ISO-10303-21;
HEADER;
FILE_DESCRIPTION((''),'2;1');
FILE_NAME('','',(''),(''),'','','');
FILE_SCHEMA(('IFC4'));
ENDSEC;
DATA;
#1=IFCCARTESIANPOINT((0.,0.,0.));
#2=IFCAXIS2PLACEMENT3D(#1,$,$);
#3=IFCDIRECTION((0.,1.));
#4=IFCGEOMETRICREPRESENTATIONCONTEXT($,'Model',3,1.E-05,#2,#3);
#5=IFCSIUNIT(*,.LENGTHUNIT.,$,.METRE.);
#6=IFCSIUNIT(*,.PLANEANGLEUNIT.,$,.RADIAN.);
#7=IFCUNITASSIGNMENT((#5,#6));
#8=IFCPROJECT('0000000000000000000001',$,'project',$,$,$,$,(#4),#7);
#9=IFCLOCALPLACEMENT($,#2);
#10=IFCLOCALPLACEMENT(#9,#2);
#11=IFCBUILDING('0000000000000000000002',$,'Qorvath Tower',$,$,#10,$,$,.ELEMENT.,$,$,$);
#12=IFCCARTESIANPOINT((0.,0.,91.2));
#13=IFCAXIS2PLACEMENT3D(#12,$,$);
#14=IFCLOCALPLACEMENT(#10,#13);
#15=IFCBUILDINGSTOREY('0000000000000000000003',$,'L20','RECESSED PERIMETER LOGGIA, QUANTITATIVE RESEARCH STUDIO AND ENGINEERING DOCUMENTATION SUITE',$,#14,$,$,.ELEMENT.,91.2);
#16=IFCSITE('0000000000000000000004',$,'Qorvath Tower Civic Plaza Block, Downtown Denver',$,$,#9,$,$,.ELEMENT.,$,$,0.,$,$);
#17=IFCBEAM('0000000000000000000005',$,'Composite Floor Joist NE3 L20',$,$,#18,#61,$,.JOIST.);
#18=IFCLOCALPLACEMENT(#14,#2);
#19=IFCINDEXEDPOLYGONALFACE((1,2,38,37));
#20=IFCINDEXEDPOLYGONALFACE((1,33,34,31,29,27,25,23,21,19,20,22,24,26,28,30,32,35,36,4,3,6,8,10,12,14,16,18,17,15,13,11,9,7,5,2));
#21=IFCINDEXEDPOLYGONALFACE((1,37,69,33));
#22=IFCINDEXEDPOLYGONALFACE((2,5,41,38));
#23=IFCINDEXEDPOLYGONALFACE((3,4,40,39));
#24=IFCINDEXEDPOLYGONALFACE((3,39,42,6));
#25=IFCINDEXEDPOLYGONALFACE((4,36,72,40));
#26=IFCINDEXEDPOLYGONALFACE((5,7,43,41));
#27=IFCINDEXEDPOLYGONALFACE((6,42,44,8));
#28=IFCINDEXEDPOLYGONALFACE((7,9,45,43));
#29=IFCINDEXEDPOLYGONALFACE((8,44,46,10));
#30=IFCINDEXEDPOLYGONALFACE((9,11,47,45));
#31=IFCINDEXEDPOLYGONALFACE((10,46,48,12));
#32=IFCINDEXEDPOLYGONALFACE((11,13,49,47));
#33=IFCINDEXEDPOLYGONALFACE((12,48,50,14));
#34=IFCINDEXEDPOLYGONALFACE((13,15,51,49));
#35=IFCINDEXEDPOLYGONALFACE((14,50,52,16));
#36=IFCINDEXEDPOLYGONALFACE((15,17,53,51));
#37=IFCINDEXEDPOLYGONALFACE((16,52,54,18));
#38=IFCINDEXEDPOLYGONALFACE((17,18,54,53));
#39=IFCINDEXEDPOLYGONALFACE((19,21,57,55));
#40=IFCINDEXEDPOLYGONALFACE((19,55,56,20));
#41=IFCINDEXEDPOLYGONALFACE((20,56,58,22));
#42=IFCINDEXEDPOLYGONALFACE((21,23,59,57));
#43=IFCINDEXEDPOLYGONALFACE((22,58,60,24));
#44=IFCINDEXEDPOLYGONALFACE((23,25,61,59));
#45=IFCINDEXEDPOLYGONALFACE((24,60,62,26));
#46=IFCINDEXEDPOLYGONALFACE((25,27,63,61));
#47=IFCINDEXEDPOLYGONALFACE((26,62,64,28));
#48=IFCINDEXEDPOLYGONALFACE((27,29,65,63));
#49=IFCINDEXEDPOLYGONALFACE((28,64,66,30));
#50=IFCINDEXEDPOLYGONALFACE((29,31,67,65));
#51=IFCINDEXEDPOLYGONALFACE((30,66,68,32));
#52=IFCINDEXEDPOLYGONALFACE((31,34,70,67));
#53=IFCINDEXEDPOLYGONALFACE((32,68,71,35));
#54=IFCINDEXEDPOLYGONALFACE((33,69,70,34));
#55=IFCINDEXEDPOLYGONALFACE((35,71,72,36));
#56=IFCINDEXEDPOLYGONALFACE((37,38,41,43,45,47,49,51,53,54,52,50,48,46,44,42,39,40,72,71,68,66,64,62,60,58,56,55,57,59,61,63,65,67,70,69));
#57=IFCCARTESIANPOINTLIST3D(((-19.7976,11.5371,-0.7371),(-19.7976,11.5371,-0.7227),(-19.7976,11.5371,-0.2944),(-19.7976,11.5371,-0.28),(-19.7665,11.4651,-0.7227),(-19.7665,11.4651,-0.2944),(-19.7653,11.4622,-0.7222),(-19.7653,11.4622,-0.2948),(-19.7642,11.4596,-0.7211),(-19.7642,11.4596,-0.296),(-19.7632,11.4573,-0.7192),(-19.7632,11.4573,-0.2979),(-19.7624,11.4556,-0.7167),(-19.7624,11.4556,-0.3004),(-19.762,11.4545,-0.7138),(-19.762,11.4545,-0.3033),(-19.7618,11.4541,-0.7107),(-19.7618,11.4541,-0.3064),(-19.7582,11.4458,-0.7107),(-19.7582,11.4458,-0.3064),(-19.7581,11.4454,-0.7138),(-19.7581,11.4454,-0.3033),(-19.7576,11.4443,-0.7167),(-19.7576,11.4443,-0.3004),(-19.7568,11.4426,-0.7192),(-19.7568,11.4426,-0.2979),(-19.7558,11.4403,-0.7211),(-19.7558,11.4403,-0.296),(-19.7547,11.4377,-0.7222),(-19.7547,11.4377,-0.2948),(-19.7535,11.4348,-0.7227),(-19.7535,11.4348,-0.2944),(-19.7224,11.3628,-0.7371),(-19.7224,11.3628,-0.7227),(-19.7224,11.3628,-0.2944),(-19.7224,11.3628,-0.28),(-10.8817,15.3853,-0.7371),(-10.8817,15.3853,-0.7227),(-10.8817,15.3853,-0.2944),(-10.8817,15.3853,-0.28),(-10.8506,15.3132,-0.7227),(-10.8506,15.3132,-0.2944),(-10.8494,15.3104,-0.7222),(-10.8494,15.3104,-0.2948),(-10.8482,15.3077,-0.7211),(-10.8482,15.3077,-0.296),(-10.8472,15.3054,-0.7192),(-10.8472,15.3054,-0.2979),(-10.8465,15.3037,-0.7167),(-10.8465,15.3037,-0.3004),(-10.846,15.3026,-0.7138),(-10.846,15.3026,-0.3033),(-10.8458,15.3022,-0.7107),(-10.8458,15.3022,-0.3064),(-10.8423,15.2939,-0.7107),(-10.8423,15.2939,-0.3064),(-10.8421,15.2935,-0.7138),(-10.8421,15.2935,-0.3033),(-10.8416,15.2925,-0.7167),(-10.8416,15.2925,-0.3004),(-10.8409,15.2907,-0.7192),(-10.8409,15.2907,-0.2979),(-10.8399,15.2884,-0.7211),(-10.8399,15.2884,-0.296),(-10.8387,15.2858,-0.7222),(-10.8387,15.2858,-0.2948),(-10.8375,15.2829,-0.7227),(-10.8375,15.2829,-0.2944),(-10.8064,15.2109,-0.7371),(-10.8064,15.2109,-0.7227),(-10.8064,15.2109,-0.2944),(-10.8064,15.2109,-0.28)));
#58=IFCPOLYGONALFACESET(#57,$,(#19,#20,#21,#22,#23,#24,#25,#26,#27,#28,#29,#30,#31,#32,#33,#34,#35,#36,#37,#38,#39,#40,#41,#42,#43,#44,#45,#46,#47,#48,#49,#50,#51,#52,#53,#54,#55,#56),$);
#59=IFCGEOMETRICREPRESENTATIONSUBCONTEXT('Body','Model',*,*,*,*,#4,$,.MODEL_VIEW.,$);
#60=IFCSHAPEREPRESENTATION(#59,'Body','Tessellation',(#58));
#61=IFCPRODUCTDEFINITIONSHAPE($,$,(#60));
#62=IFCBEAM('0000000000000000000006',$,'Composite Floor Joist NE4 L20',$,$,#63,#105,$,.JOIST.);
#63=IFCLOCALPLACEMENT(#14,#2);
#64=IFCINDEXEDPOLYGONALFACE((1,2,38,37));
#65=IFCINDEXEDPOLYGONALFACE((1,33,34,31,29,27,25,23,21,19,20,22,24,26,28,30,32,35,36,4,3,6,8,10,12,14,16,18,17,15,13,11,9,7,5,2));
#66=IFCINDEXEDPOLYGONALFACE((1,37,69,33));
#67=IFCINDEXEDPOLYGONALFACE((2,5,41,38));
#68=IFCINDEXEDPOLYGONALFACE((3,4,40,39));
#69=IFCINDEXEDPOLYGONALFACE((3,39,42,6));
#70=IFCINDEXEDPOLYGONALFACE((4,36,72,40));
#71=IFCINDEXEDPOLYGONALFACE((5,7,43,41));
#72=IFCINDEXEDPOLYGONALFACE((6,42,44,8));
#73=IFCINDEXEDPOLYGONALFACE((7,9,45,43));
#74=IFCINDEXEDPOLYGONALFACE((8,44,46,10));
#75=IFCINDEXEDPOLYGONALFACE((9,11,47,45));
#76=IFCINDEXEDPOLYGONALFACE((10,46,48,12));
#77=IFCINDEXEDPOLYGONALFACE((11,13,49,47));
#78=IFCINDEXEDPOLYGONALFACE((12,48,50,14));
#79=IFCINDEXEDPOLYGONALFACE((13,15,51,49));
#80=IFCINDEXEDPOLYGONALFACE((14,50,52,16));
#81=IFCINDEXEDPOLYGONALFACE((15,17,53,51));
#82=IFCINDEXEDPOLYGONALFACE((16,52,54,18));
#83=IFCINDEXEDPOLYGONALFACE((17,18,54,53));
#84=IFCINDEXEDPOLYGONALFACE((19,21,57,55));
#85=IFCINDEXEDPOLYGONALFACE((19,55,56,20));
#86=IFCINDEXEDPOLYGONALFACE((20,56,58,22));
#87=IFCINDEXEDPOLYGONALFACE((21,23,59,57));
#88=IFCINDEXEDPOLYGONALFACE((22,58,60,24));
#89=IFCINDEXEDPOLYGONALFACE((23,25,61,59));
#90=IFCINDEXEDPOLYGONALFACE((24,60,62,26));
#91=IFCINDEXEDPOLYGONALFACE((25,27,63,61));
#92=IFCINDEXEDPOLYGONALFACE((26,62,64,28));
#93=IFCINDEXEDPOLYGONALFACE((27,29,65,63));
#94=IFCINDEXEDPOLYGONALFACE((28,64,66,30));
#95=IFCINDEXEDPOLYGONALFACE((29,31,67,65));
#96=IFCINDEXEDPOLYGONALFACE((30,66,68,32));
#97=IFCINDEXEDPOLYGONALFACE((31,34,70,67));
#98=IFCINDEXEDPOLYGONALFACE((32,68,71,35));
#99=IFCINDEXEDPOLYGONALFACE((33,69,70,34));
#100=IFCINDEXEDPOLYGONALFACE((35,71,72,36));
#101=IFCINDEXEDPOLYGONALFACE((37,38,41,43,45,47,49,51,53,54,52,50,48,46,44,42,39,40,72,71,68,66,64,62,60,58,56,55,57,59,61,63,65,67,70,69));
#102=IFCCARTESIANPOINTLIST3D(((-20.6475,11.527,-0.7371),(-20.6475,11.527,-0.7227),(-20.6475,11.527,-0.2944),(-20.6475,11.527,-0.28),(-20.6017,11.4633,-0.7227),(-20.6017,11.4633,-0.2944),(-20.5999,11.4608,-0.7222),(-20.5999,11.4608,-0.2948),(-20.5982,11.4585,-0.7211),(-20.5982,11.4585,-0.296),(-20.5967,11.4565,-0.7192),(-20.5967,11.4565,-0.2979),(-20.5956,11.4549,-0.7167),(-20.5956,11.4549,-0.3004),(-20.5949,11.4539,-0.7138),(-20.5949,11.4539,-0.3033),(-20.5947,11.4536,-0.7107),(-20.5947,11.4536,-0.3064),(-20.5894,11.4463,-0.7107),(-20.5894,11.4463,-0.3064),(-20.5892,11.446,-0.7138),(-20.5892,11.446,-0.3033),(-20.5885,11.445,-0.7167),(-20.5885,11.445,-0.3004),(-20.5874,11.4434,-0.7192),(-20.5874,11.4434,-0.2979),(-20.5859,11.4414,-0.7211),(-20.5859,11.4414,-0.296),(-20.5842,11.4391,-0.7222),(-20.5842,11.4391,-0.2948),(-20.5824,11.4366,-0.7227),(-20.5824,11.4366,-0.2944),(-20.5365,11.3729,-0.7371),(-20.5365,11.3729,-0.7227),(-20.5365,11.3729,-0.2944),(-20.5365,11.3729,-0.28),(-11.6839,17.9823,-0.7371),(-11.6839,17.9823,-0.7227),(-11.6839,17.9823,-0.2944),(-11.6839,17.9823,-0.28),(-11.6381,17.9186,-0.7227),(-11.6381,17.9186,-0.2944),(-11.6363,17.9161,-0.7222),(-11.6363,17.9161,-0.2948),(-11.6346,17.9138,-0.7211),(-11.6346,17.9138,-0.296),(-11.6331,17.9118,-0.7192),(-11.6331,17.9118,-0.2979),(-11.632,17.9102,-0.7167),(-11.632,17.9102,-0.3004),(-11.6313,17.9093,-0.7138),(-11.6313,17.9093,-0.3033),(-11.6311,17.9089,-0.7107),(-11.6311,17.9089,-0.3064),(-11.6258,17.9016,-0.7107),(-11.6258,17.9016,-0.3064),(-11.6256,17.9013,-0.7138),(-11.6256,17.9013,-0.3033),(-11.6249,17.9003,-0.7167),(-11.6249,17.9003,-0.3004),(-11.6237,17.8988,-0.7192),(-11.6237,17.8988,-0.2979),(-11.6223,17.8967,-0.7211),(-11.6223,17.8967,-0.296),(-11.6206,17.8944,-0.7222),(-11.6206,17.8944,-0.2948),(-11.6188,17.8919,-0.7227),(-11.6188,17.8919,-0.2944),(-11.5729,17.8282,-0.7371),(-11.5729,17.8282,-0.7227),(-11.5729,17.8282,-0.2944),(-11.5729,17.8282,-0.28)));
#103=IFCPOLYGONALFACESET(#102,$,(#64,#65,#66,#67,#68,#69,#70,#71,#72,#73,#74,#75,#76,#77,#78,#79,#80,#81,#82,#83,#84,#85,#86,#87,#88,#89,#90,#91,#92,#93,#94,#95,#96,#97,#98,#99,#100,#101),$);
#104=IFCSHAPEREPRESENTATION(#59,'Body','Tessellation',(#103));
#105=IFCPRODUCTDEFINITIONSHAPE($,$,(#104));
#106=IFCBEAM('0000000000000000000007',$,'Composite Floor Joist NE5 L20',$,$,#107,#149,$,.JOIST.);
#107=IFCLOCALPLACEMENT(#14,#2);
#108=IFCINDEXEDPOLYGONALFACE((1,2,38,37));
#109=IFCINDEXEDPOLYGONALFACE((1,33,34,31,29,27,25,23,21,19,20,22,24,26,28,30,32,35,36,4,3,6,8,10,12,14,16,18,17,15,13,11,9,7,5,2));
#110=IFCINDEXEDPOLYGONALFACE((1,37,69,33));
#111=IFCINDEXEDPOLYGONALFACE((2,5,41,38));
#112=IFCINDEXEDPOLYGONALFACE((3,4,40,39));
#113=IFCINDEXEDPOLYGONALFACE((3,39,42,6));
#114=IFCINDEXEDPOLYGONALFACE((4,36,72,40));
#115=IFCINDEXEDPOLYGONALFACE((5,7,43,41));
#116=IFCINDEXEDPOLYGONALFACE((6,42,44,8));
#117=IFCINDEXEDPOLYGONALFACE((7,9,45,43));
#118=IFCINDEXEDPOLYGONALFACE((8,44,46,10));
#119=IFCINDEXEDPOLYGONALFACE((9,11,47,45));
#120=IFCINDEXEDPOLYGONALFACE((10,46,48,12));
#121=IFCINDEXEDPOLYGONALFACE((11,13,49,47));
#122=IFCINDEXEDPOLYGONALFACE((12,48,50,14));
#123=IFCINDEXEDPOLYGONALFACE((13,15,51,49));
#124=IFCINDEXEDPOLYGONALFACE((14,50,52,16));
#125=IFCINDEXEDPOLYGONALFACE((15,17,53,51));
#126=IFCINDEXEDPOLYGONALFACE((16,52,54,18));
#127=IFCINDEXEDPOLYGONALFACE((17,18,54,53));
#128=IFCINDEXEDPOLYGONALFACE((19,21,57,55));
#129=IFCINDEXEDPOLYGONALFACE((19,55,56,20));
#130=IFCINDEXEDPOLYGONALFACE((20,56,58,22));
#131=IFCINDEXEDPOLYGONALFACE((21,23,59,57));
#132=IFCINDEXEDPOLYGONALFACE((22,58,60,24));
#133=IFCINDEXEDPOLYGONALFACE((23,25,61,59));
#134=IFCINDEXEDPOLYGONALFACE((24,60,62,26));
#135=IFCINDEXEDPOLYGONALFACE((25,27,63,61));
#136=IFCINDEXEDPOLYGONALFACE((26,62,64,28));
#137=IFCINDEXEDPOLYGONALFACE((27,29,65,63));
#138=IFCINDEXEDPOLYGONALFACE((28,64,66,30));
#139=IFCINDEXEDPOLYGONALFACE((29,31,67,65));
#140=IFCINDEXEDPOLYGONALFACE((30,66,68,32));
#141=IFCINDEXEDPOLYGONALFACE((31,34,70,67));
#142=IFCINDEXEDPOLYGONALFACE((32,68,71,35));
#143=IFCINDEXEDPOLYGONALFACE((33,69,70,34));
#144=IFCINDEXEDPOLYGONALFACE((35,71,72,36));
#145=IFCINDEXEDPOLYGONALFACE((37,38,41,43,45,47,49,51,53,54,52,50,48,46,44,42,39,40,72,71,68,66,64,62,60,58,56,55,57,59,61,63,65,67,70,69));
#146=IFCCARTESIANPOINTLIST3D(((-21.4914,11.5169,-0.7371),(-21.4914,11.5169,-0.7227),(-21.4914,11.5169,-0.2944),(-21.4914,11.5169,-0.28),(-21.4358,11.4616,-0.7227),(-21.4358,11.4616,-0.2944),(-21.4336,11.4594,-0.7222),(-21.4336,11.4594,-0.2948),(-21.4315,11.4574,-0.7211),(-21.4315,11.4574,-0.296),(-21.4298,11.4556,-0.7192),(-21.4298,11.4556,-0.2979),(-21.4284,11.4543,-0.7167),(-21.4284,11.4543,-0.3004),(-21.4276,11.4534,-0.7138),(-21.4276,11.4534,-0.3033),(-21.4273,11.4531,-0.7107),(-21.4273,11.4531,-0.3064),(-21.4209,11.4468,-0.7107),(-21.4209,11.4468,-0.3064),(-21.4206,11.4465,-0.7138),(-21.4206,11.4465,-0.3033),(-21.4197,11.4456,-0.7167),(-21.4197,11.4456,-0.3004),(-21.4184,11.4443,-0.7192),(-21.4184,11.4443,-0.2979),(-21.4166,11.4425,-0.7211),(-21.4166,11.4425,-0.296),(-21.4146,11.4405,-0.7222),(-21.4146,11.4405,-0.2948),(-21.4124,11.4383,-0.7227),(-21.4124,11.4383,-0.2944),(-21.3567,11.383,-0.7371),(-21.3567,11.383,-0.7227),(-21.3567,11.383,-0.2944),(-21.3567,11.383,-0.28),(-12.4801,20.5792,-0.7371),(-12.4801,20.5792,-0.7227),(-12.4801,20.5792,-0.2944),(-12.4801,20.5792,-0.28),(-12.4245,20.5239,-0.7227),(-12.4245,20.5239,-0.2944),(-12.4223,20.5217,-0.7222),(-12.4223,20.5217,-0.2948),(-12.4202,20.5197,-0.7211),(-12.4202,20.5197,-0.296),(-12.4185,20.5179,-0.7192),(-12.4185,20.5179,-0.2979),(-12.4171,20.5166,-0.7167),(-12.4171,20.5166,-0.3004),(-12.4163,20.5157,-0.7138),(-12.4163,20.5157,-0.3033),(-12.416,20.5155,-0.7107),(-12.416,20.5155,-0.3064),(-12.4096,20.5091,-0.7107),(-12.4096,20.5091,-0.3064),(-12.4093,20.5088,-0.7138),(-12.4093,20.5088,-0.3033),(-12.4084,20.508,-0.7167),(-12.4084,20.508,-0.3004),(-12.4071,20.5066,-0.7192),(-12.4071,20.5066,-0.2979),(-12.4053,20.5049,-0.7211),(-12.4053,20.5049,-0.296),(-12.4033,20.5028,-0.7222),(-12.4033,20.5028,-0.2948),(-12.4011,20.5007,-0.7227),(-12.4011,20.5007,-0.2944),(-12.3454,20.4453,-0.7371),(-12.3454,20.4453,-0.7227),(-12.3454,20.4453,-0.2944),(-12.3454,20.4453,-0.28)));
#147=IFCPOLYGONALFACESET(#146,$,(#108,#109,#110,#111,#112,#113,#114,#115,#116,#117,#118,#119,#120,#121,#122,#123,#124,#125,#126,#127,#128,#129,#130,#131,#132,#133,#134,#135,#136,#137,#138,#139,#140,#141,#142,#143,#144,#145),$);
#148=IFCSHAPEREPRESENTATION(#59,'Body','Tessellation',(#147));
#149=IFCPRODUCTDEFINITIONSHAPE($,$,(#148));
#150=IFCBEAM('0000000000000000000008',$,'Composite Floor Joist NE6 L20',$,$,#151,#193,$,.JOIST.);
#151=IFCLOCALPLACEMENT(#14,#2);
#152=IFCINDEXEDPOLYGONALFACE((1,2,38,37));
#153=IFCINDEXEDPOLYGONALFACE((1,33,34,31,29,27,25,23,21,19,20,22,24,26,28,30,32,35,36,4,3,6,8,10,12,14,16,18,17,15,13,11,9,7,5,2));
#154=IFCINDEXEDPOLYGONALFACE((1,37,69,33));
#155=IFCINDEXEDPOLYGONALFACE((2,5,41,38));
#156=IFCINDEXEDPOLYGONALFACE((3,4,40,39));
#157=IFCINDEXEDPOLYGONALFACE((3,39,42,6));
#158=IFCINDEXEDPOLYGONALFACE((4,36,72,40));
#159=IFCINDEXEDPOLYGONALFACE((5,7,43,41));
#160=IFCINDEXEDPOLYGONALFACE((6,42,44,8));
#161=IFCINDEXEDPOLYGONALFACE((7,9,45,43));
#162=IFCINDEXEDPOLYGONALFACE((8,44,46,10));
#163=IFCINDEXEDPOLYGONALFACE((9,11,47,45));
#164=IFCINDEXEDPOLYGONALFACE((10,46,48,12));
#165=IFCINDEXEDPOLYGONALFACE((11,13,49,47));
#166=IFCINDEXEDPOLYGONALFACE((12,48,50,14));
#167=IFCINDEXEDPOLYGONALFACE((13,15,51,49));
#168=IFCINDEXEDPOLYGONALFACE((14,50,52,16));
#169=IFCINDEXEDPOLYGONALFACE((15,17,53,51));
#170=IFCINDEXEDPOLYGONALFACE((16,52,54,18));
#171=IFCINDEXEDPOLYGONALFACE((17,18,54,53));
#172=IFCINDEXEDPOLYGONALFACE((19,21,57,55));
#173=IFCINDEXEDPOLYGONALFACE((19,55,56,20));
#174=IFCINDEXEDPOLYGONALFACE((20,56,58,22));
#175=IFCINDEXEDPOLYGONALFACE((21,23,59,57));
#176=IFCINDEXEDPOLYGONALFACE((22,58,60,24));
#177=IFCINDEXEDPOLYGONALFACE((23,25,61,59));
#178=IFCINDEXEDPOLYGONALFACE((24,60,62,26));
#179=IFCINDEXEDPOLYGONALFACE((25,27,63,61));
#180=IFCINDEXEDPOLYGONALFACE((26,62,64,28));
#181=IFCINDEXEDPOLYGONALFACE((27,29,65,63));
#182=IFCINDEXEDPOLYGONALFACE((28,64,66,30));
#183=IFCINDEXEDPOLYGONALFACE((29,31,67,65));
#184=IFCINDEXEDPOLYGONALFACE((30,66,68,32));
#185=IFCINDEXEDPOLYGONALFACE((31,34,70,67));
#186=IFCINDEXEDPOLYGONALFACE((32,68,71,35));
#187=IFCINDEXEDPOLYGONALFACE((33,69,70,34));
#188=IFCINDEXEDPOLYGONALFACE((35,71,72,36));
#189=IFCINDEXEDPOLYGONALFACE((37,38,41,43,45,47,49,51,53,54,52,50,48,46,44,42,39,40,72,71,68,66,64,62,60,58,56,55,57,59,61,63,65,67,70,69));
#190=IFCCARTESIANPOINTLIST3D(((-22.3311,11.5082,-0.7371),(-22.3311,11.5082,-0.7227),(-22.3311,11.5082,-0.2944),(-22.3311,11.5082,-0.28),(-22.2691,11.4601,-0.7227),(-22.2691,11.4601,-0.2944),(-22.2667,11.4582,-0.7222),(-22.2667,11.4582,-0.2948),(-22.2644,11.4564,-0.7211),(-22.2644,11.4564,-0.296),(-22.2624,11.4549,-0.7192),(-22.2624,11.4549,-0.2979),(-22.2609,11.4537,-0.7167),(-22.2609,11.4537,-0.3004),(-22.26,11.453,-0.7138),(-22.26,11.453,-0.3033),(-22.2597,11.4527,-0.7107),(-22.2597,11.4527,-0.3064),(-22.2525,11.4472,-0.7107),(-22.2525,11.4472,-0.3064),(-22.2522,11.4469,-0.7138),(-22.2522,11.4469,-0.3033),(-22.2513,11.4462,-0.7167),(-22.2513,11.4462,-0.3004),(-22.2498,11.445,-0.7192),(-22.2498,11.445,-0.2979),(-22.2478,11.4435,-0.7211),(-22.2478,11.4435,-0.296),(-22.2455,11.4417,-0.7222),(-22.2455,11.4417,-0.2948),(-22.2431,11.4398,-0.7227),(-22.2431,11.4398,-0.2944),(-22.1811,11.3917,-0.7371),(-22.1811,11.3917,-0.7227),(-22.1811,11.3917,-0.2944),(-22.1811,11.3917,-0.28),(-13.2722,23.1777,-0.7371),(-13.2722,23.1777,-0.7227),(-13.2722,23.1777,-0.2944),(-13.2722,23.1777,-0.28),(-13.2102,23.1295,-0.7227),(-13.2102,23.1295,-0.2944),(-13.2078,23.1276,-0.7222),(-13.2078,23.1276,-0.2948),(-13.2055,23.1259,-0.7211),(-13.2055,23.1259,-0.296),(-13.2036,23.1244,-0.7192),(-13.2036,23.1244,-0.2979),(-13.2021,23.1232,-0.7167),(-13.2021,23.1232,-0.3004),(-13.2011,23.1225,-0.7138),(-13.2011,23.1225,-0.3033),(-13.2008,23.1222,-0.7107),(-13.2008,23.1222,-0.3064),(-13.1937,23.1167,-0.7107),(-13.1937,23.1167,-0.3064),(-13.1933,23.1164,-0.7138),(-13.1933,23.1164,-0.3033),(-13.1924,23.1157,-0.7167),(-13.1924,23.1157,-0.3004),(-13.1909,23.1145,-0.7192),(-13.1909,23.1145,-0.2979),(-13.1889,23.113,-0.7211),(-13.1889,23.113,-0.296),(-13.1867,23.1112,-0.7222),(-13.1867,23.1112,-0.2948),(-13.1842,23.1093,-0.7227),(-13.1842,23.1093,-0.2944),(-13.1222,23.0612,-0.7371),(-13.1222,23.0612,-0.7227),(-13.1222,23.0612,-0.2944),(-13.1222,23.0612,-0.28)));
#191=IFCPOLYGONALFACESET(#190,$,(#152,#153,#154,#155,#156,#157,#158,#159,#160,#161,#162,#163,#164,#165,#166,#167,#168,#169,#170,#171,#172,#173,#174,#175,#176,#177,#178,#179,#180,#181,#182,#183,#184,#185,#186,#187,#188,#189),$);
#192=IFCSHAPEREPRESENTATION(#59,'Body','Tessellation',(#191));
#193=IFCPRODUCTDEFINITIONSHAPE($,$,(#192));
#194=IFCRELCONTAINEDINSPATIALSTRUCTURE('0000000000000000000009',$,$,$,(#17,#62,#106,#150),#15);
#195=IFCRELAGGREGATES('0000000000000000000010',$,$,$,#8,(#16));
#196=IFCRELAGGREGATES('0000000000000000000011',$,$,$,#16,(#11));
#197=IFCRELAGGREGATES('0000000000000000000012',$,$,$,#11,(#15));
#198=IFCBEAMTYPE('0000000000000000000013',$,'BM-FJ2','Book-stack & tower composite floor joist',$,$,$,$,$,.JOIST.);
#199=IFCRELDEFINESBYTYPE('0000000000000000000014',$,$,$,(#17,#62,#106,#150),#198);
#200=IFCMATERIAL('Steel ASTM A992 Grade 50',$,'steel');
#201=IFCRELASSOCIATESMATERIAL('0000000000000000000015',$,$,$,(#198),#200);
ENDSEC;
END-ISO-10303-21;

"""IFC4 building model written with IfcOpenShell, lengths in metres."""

from ifc_helpers import new_model, si_unit, direction, frame, origin, origin_2d, place, context, subcontext, project, spatial, i_section, extrude, material, material_profile, profile_set, type_object, element, save


model = new_model("IFC4")

# Units and contexts
model_context = context("Model", 3, precision=1e-05, world=origin(), true_north=direction((0.0, 1.0)))
body_context = subcontext(model_context, "Body", "Model", "MODEL_VIEW")
ifc_project = project(units=[si_unit("LENGTHUNIT", "METRE"), si_unit("PLANEANGLEUNIT", "RADIAN")], contexts=[model_context])

# Site, building, storey
site_placement = place(None, origin())
site = spatial("IfcSite", under=ifc_project, at=site_placement, Name="Qorvath Tower Civic Plaza Block, Downtown Denver", CompositionType="ELEMENT", RefElevation=0.0)
building_placement = place(site_placement, origin())
building = spatial("IfcBuilding", under=site, at=building_placement, Name="Qorvath Tower", CompositionType="ELEMENT")
storey_placement = place(building_placement, frame((0.0, 0.0, 91.2)))
storey = spatial("IfcBuildingStorey", under=building, at=storey_placement, Name="L20", Description="RECESSED PERIMETER LOGGIA, QUANTITATIVE RESEARCH STUDIO AND ENGINEERING DOCUMENTATION SUITE", CompositionType="ELEMENT", Elevation=91.2)

# Beams
ifc_material_1 = material(Name="Steel ASTM A992 Grade 50", Category="steel")
ifc_material_profile_1 = material_profile(ifc_material_1, i_section(OverallWidth=0.1899, OverallDepth=0.457, WebThickness=0.009, FlangeThickness=0.0144, FilletRadius=0.012, at=origin_2d()), Name="W18x50")
ifc_profile_set_1 = profile_set([ifc_material_profile_1], Name="Steel ASTM A992 Grade 50")
beam_type_1 = type_object("IfcBeamType", Name="BM-FJ2", Description="Book-stack & tower composite floor joist", PredefinedType="JOIST", material=ifc_profile_set_1)
beam_1_placement = place(storey_placement, frame((-19.76, 11.45, -0.5085), z_axis=(0.918136, 0.396266, 0.0), x_axis=(-0.396266, 0.918136, 0.0)))
element("IfcBeam", 1, at=beam_1_placement, inside=storey, type_object=beam_type_1, Name="Composite Floor Joist NE3 L20", PredefinedType="JOIST", context=body_context, shape_type="SweptSolid", body=[
    extrude(i_section(OverallWidth=0.1899, OverallDepth=0.457, WebThickness=0.009, FlangeThickness=0.0144, FilletRadius=0.012, at=origin_2d()), origin(), (0.0, 0.0, 1.0), 9.7109),
])
beam_2_placement = place(storey_placement, frame((-20.592, 11.45, -0.5085), z_axis=(0.811469, 0.584395, 0.0), x_axis=(-0.584395, 0.811469, 0.0)))
element("IfcBeam", 2, at=beam_2_placement, inside=storey, type_object=beam_type_1, Name="Composite Floor Joist NE4 L20", PredefinedType="JOIST", context=body_context, shape_type="SweptSolid", body=[
    extrude(i_section(OverallWidth=0.1899, OverallDepth=0.457, WebThickness=0.009, FlangeThickness=0.0144, FilletRadius=0.012, at=origin_2d()), origin(), (0.0, 0.0, 1.0), 11.0461),
])
beam_3_placement = place(storey_placement, frame((-21.4241, 11.45, -0.5085), z_axis=(0.705108, 0.7091, 0.0), x_axis=(-0.7091, 0.705108, 0.0)))
element("IfcBeam", 3, at=beam_3_placement, inside=storey, type_object=beam_type_1, Name="Composite Floor Joist NE5 L20", PredefinedType="JOIST", context=body_context, shape_type="SweptSolid", body=[
    extrude(i_section(OverallWidth=0.1899, OverallDepth=0.457, WebThickness=0.009, FlangeThickness=0.0144, FilletRadius=0.012, at=origin_2d()), origin(), (0.0, 0.0, 1.0), 12.78),
])
beam_4_placement = place(storey_placement, frame((-22.2561, 11.45, -0.5085), z_axis=(0.613207, 0.789922, 0.0), x_axis=(-0.789922, 0.613207, 0.0)))
element("IfcBeam", 4, at=beam_4_placement, inside=storey, type_object=beam_type_1, Name="Composite Floor Joist NE6 L20", PredefinedType="JOIST", context=body_context, shape_type="SweptSolid", body=[
    extrude(i_section(OverallWidth=0.1899, OverallDepth=0.457, WebThickness=0.009, FlangeThickness=0.0144, FilletRadius=0.012, at=origin_2d()), origin(), (0.0, 0.0, 1.0), 14.7729),
])

save(model, "model.ifc")
